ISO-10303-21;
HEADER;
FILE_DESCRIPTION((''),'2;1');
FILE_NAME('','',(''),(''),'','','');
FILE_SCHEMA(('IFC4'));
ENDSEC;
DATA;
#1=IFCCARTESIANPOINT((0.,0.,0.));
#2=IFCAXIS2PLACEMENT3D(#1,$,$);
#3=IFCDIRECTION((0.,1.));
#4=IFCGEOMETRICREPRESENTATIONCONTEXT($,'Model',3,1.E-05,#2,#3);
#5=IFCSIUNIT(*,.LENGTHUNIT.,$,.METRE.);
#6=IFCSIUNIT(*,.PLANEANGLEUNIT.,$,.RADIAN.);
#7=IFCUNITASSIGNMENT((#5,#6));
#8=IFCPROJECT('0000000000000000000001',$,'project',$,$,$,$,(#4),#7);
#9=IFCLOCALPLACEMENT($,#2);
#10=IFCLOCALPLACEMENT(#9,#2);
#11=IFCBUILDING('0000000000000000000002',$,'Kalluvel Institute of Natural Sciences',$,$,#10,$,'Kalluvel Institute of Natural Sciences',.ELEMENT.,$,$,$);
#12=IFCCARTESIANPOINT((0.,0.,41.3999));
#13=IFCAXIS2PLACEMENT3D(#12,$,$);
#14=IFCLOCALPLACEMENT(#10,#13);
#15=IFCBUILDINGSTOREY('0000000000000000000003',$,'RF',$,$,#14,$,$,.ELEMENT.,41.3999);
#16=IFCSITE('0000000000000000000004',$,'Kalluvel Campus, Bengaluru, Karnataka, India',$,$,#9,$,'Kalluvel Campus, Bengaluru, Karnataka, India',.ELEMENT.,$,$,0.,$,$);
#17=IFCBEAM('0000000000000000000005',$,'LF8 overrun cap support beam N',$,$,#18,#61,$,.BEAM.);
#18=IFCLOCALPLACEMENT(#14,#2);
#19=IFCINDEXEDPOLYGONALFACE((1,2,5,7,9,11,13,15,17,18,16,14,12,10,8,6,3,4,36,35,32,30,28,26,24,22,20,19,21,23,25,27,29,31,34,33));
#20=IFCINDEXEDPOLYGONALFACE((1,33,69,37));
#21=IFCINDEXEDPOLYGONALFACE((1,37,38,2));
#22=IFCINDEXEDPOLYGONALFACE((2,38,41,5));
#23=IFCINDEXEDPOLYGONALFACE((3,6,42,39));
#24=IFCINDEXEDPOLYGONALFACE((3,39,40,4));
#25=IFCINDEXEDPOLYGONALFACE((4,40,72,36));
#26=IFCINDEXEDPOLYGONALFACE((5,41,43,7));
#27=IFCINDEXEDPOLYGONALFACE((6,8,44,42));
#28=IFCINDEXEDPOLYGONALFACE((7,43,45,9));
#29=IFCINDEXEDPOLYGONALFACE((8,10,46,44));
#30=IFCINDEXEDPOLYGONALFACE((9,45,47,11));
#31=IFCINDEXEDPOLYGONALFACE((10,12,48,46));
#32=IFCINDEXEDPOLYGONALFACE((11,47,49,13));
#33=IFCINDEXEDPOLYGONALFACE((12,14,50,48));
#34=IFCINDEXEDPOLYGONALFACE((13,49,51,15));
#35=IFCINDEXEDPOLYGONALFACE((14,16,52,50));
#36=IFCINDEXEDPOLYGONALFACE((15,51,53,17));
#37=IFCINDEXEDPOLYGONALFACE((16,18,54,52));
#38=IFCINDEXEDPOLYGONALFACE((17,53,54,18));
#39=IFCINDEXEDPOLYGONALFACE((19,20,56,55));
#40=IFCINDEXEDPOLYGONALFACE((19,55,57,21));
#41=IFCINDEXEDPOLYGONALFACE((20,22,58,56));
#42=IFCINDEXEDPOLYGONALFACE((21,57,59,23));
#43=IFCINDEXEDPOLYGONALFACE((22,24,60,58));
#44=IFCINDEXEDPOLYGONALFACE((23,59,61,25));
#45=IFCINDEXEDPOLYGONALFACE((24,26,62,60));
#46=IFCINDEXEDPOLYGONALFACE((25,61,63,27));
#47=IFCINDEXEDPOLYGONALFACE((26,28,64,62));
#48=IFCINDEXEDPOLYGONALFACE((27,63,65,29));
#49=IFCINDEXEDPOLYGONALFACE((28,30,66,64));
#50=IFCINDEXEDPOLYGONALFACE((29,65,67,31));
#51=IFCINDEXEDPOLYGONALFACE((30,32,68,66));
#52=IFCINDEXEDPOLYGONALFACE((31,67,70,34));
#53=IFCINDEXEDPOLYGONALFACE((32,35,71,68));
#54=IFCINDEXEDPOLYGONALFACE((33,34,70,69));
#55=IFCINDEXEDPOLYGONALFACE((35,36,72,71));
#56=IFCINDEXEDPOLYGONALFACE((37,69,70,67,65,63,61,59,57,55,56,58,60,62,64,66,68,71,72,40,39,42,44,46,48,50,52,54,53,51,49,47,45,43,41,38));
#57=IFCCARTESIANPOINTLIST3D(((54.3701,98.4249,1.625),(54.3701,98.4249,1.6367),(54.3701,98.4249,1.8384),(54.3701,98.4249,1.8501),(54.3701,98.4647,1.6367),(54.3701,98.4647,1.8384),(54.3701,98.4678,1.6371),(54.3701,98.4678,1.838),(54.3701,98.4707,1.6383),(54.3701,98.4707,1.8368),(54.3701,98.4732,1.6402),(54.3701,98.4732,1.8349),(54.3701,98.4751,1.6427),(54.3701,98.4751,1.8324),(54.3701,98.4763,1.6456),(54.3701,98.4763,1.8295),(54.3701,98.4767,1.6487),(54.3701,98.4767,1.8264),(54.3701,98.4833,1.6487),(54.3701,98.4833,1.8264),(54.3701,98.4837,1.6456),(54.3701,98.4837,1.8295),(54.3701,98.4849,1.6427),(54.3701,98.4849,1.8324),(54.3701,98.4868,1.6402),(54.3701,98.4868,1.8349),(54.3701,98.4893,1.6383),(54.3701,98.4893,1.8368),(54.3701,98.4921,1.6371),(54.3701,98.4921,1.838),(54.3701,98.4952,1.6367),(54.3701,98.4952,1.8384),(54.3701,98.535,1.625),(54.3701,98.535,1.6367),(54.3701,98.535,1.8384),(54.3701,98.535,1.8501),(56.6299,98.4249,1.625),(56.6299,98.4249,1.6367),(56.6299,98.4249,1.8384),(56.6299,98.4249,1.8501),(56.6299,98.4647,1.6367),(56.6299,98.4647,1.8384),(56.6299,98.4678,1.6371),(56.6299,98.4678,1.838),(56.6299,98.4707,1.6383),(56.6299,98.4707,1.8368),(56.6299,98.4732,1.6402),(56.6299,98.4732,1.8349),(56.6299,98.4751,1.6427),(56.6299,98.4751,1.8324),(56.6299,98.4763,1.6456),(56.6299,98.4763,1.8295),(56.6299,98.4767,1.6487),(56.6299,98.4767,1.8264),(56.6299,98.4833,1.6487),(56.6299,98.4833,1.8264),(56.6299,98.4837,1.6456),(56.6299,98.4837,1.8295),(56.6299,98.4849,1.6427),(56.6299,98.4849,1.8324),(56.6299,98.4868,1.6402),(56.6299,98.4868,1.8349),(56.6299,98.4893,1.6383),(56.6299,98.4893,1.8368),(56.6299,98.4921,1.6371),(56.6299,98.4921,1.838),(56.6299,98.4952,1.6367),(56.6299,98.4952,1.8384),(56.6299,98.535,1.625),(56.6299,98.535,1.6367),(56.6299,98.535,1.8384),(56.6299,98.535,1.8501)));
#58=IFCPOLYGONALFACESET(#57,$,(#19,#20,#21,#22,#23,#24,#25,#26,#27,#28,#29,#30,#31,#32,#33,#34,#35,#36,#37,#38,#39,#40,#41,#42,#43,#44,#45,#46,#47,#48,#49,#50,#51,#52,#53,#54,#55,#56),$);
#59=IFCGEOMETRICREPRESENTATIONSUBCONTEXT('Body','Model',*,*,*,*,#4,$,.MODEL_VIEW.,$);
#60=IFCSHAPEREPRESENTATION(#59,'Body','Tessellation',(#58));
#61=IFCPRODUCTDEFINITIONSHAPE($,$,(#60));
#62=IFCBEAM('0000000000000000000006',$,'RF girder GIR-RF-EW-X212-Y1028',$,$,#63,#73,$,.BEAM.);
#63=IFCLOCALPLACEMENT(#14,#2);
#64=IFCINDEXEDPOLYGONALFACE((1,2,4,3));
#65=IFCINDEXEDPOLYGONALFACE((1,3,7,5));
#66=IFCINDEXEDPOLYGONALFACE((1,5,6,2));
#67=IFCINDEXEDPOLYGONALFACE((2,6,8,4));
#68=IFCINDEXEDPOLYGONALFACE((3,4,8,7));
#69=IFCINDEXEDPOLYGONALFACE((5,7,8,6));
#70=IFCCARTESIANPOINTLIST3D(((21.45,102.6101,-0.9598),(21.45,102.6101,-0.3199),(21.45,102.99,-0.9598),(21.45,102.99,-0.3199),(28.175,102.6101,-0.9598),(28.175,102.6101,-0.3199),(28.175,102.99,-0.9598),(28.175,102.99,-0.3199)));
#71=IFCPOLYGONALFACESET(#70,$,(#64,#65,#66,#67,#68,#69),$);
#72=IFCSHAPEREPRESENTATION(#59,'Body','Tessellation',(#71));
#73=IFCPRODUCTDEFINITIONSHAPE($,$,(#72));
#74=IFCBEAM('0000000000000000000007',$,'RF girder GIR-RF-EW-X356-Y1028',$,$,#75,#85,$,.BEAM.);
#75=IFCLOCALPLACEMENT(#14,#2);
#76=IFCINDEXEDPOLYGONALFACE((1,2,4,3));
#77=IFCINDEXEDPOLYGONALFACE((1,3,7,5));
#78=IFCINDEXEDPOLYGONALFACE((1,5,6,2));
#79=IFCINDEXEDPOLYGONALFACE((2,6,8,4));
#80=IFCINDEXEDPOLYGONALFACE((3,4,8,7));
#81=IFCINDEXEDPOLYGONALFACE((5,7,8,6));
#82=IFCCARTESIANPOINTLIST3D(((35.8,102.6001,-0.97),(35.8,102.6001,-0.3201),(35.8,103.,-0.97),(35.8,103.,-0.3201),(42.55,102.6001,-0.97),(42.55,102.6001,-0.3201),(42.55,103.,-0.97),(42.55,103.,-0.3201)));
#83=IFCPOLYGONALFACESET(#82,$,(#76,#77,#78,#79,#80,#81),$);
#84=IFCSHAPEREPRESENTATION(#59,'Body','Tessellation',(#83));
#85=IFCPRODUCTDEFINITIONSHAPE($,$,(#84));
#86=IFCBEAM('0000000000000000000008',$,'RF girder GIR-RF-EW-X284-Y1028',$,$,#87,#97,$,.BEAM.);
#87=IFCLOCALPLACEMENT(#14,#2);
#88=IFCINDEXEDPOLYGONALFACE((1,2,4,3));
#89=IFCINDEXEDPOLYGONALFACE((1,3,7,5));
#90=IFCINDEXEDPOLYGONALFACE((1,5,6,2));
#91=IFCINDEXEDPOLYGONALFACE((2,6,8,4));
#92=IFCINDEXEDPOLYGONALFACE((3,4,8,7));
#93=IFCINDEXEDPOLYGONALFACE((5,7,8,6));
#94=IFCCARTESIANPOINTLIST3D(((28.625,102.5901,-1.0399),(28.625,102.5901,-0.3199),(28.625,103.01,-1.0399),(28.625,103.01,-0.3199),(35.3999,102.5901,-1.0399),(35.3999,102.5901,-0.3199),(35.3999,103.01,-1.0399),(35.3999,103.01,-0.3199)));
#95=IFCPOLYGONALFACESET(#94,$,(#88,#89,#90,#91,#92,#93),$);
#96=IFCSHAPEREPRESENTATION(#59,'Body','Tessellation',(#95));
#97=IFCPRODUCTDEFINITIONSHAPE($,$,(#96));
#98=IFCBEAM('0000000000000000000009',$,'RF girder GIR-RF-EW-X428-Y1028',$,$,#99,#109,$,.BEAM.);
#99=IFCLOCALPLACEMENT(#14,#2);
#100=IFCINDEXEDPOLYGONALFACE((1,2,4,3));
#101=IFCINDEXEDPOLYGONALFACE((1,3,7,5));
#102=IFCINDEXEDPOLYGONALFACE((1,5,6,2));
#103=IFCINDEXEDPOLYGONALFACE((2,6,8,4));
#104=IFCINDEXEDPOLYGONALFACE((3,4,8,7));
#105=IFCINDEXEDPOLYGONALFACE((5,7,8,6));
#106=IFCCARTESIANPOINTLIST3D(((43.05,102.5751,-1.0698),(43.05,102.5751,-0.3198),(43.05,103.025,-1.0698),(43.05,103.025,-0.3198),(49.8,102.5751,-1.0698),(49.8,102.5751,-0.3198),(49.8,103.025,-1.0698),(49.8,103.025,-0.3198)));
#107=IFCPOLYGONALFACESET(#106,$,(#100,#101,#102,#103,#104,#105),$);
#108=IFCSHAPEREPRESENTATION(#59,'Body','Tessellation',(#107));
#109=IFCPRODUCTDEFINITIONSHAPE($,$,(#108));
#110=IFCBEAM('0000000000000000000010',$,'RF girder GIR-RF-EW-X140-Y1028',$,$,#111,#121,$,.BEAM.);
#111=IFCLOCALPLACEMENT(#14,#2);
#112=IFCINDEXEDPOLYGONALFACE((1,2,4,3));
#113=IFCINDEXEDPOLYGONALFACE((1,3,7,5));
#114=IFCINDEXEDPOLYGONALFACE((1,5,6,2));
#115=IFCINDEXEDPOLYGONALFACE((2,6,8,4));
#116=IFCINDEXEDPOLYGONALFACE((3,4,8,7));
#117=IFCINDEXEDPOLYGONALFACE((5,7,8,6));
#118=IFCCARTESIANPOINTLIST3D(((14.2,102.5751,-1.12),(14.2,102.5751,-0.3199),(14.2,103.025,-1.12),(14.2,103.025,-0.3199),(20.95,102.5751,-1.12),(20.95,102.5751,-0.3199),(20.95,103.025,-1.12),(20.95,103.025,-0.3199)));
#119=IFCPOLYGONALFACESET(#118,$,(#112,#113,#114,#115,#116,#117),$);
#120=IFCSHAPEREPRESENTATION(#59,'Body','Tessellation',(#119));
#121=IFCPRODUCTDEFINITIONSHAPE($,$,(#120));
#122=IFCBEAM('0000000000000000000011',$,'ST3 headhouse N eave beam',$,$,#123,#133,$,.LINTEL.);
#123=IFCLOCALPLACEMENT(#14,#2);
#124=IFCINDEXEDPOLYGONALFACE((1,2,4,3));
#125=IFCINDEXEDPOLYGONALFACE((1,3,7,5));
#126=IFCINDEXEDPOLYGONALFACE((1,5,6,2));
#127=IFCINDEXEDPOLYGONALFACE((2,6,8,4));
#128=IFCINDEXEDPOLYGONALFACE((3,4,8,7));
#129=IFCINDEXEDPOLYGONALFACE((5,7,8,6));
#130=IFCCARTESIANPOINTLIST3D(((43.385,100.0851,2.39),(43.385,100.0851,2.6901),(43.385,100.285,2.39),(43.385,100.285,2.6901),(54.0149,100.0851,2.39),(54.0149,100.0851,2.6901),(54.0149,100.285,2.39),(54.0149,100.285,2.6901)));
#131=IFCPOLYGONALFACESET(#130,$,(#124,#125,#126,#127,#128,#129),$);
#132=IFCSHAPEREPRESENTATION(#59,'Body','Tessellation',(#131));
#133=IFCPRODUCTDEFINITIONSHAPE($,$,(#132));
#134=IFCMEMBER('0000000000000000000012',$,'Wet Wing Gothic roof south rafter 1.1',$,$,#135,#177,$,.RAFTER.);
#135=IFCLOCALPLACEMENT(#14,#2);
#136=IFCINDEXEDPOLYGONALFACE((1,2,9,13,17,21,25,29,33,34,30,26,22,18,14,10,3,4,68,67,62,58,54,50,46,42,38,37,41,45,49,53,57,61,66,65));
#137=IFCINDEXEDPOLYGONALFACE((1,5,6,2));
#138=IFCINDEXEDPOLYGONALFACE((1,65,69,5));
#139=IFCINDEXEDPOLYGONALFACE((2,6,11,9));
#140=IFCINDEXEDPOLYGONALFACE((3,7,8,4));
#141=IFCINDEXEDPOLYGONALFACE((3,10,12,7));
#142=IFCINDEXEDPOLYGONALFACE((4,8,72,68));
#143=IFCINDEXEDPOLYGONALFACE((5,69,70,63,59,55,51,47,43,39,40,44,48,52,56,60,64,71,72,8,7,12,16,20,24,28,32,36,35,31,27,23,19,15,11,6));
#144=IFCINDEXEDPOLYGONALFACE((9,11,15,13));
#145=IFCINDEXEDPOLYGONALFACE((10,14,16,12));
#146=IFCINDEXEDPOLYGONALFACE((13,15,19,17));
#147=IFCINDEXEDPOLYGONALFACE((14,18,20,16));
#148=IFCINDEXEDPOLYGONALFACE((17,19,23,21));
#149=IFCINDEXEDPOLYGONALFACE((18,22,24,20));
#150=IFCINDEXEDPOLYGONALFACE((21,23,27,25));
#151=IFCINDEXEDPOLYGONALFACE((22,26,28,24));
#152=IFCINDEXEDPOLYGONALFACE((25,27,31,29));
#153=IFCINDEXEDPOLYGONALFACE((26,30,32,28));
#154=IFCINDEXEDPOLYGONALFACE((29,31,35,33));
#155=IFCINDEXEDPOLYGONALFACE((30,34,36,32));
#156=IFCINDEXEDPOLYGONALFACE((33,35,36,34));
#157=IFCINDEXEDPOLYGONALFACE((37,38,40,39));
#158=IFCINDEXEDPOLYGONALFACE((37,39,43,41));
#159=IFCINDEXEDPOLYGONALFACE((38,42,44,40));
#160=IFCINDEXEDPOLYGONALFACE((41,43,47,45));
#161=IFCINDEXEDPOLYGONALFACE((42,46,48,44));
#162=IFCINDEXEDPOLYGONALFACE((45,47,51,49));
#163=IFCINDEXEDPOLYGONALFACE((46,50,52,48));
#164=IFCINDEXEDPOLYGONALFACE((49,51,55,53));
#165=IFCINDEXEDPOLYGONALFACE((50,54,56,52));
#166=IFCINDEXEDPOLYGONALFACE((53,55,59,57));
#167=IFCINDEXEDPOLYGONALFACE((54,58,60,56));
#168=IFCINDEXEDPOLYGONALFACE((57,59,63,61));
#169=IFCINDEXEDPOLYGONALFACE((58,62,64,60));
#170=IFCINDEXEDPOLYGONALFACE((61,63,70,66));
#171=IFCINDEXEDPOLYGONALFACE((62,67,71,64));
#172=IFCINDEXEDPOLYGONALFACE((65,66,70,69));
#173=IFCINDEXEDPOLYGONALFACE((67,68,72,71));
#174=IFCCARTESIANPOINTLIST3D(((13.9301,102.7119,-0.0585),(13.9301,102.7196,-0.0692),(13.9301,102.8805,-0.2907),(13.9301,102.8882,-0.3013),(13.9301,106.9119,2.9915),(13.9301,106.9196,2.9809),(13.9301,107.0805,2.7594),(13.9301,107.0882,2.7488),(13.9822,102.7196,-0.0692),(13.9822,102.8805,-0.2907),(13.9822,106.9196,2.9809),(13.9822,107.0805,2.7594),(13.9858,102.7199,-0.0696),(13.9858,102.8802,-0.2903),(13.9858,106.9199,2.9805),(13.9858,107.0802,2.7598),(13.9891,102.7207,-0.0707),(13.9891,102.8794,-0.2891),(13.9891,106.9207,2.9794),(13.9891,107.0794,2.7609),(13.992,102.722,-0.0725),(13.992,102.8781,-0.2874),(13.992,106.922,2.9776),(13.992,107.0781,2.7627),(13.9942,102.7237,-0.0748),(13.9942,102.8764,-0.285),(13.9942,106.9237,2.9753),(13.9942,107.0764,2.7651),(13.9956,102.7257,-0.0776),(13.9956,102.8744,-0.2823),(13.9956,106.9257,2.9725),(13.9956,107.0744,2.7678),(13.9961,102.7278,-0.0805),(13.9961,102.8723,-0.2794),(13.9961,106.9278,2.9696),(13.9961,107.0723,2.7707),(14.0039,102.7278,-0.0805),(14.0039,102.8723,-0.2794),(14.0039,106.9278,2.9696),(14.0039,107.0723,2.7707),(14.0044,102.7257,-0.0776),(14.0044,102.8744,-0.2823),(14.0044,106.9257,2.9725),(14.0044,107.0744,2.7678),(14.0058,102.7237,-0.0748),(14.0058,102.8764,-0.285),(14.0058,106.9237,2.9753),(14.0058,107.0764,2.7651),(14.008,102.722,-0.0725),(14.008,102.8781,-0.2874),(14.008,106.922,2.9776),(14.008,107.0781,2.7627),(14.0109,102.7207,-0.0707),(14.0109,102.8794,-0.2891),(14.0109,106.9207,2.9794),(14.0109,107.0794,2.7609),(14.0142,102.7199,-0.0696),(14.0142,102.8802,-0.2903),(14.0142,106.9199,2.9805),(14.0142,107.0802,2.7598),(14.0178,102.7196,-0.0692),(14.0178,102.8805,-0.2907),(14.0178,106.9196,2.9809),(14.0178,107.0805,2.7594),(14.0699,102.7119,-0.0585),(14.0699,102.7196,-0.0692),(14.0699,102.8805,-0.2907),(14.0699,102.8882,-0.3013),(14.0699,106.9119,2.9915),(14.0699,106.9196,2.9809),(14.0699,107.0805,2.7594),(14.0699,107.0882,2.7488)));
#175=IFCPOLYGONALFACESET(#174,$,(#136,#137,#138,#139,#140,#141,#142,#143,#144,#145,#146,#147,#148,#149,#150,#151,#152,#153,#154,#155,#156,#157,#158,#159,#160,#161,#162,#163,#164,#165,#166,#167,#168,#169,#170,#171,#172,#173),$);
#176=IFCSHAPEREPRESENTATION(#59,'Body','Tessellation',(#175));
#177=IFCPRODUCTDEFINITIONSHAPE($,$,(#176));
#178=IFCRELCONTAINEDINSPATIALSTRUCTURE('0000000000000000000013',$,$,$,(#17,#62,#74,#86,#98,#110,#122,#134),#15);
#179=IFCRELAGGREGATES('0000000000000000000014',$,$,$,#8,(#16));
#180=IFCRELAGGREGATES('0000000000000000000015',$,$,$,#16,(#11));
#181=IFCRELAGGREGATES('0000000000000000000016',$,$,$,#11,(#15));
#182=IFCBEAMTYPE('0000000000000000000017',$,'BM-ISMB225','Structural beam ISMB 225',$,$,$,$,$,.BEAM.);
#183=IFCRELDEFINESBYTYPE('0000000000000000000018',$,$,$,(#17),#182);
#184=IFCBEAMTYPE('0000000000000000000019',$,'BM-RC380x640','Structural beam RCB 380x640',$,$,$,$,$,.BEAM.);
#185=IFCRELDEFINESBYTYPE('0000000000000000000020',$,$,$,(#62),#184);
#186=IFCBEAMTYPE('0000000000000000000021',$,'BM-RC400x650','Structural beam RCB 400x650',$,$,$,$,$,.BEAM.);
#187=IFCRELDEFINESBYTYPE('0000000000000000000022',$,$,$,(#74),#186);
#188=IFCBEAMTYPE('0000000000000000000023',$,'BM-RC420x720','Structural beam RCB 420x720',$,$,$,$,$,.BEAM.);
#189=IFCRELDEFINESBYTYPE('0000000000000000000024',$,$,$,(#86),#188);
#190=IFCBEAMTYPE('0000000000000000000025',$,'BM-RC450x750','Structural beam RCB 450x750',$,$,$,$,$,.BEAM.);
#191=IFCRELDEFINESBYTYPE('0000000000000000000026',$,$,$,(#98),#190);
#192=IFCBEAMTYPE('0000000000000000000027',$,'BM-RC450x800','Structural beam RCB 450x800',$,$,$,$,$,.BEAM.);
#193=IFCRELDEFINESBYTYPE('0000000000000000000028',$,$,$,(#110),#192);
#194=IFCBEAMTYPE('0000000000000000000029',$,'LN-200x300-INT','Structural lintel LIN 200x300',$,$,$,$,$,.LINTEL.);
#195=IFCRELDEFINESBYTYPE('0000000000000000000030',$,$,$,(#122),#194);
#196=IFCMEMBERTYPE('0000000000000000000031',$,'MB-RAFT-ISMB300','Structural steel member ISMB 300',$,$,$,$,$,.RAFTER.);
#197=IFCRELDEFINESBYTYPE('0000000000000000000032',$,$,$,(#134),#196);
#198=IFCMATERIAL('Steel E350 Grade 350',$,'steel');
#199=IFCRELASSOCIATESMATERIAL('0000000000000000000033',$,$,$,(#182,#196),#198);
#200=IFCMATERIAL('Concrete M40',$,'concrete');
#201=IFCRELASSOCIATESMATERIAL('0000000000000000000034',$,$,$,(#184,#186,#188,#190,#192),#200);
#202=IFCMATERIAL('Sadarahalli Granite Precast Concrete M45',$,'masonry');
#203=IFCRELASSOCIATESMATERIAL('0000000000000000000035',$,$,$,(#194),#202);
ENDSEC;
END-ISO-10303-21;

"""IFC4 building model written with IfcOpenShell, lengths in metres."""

from ifc_helpers import new_model, si_unit, direction, frame, origin, origin_2d, place, context, subcontext, project, spatial, rectangle, i_section, extrude, material, material_profile, profile_set, type_object, element, save


model = new_model("IFC4")

# Units and contexts
model_context = context("Model", 3, precision=1e-05, world=origin(), true_north=direction((0.0, 1.0)))
body_context = subcontext(model_context, "Body", "Model", "MODEL_VIEW")
ifc_project = project(units=[si_unit("LENGTHUNIT", "METRE"), si_unit("PLANEANGLEUNIT", "RADIAN")], contexts=[model_context])

# Site, building, storey
site_placement = place(None, origin())
site = spatial("IfcSite", under=ifc_project, at=site_placement, Name="Kalluvel Campus, Bengaluru, Karnataka, India", LongName="Kalluvel Campus, Bengaluru, Karnataka, India", CompositionType="ELEMENT", RefElevation=0.0)
building_placement = place(site_placement, origin())
building = spatial("IfcBuilding", under=site, at=building_placement, Name="Kalluvel Institute of Natural Sciences", LongName="Kalluvel Institute of Natural Sciences", CompositionType="ELEMENT")
storey_placement = place(building_placement, frame((0.0, 0.0, 41.3999)))
storey = spatial("IfcBuildingStorey", under=building, at=storey_placement, Name="RF", CompositionType="ELEMENT", Elevation=41.3999)

# Beams
ifc_material_1 = material(Name="Steel E350 Grade 350", Category="steel")
ifc_material_profile_1 = material_profile(ifc_material_1, i_section(OverallWidth=0.1101, OverallDepth=0.2251, WebThickness=0.0066, FlangeThickness=0.0117, FilletRadius=0.012, at=origin_2d()), Name="ISMB 225")
ifc_profile_set_1 = profile_set([ifc_material_profile_1], Name="Steel E350 Grade 350")
beam_type_1 = type_object("IfcBeamType", Name="BM-ISMB225", Description="Structural beam ISMB 225", PredefinedType="BEAM", material=ifc_profile_set_1)
beam_1_placement = place(storey_placement, frame((54.3701, 98.48, 1.7375), z_axis=(1.0, 0.0, 0.0), x_axis=(0.0, 1.0, 0.0)))
element("IfcBeam", 1, at=beam_1_placement, inside=storey, type_object=beam_type_1, Name="LF8 overrun cap support beam N", PredefinedType="BEAM", context=body_context, shape_type="SweptSolid", body=[
    extrude(i_section(OverallWidth=0.1101, OverallDepth=0.2251, WebThickness=0.0066, FlangeThickness=0.0117, FilletRadius=0.012, at=origin_2d()), origin(), (0.0, 0.0, 1.0), 2.2598),
])
ifc_material_2 = material(Name="Concrete M40", Category="concrete")
ifc_material_profile_2 = material_profile(ifc_material_2, rectangle(XDim=0.3799, YDim=0.6399, at=origin_2d()), Name="RCB 380x640")
ifc_profile_set_2 = profile_set([ifc_material_profile_2], Name="Concrete M40")
beam_type_2 = type_object("IfcBeamType", Name="BM-RC380x640", Description="Structural beam RCB 380x640", PredefinedType="BEAM", material=ifc_profile_set_2)
beam_2_placement = place(storey_placement, frame((21.45, 102.8, -0.6399), z_axis=(1.0, 0.0, 0.0), x_axis=(0.0, 1.0, 0.0)))
element("IfcBeam", 2, at=beam_2_placement, inside=storey, type_object=beam_type_2, Name="RF girder GIR-RF-EW-X212-Y1028", PredefinedType="BEAM", context=body_context, shape_type="SweptSolid", body=[
    extrude(rectangle(XDim=0.3799, YDim=0.6399, at=origin_2d()), origin(), (0.0, 0.0, 1.0), 6.7251),
])
ifc_material_profile_3 = material_profile(ifc_material_2, rectangle(XDim=0.3999, YDim=0.6499, at=origin_2d()), Name="RCB 400x650")
ifc_profile_set_3 = profile_set([ifc_material_profile_3], Name="Concrete M40")
beam_type_3 = type_object("IfcBeamType", Name="BM-RC400x650", Description="Structural beam RCB 400x650", PredefinedType="BEAM", material=ifc_profile_set_3)
beam_3_placement = place(storey_placement, frame((35.8, 102.8, -0.645), z_axis=(1.0, 0.0, 0.0), x_axis=(0.0, 1.0, 0.0)))
element("IfcBeam", 3, at=beam_3_placement, inside=storey, type_object=beam_type_3, Name="RF girder GIR-RF-EW-X356-Y1028", PredefinedType="BEAM", context=body_context, shape_type="SweptSolid", body=[
    extrude(rectangle(XDim=0.3999, YDim=0.6499, at=origin_2d()), origin(), (0.0, 0.0, 1.0), 6.75),
])
ifc_material_profile_4 = material_profile(ifc_material_2, rectangle(XDim=0.4199, YDim=0.72, at=origin_2d()), Name="RCB 420x720")
ifc_profile_set_4 = profile_set([ifc_material_profile_4], Name="Concrete M40")
beam_type_4 = type_object("IfcBeamType", Name="BM-RC420x720", Description="Structural beam RCB 420x720", PredefinedType="BEAM", material=ifc_profile_set_4)
beam_4_placement = place(storey_placement, frame((28.625, 102.8, -0.6799), z_axis=(1.0, 0.0, 0.0), x_axis=(0.0, 1.0, 0.0)))
element("IfcBeam", 4, at=beam_4_placement, inside=storey, type_object=beam_type_4, Name="RF girder GIR-RF-EW-X284-Y1028", PredefinedType="BEAM", context=body_context, shape_type="SweptSolid", body=[
    extrude(rectangle(XDim=0.4199, YDim=0.72, at=origin_2d()), origin(), (0.0, 0.0, 1.0), 6.7749),
])
ifc_material_profile_5 = material_profile(ifc_material_2, rectangle(XDim=0.45, YDim=0.75, at=origin_2d()), Name="RCB 450x750")
ifc_profile_set_5 = profile_set([ifc_material_profile_5], Name="Concrete M40")
beam_type_5 = type_object("IfcBeamType", Name="BM-RC450x750", Description="Structural beam RCB 450x750", PredefinedType="BEAM", material=ifc_profile_set_5)
beam_5_placement = place(storey_placement, frame((43.05, 102.8, -0.6948), z_axis=(1.0, 0.0, 0.0), x_axis=(0.0, 1.0, 0.0)))
element("IfcBeam", 5, at=beam_5_placement, inside=storey, type_object=beam_type_5, Name="RF girder GIR-RF-EW-X428-Y1028", PredefinedType="BEAM", context=body_context, shape_type="SweptSolid", body=[
    extrude(rectangle(XDim=0.45, YDim=0.75, at=origin_2d()), origin(), (0.0, 0.0, 1.0), 6.75),
])
ifc_material_profile_6 = material_profile(ifc_material_2, rectangle(XDim=0.45, YDim=0.8, at=origin_2d()), Name="RCB 450x800")
ifc_profile_set_6 = profile_set([ifc_material_profile_6], Name="Concrete M40")
beam_type_6 = type_object("IfcBeamType", Name="BM-RC450x800", Description="Structural beam RCB 450x800", PredefinedType="BEAM", material=ifc_profile_set_6)
beam_6_placement = place(storey_placement, frame((14.2, 102.8, -0.72), z_axis=(1.0, 0.0, 0.0), x_axis=(0.0, 1.0, 0.0)))
element("IfcBeam", 6, at=beam_6_placement, inside=storey, type_object=beam_type_6, Name="RF girder GIR-RF-EW-X140-Y1028", PredefinedType="BEAM", context=body_context, shape_type="SweptSolid", body=[
    extrude(rectangle(XDim=0.45, YDim=0.8, at=origin_2d()), origin(), (0.0, 0.0, 1.0), 6.75),
])
ifc_material_3 = material(Name="Sadarahalli Granite Precast Concrete M45", Category="masonry")
ifc_material_profile_7 = material_profile(ifc_material_3, rectangle(XDim=0.2, YDim=0.3, at=origin_2d()), Name="LIN 200x300")
ifc_profile_set_7 = profile_set([ifc_material_profile_7], Name="Sadarahalli Granite Precast Concrete M45")
beam_type_7 = type_object("IfcBeamType", Name="LN-200x300-INT", Description="Structural lintel LIN 200x300", PredefinedType="LINTEL", material=ifc_profile_set_7)
beam_7_placement = place(storey_placement, frame((43.385, 100.1851, 2.54), z_axis=(1.0, 0.0, 0.0), x_axis=(0.0, 1.0, 0.0)))
element("IfcBeam", 7, at=beam_7_placement, inside=storey, type_object=beam_type_7, Name="ST3 headhouse N eave beam", PredefinedType="LINTEL", context=body_context, shape_type="SweptSolid", body=[
    extrude(rectangle(XDim=0.2, YDim=0.3, at=origin_2d()), origin(), (0.0, 0.0, 1.0), 10.6299),
])

# Member
ifc_material_profile_8 = material_profile(ifc_material_1, i_section(OverallWidth=0.1399, OverallDepth=0.3, WebThickness=0.0078, FlangeThickness=0.0132, FilletRadius=0.0139, at=origin_2d()), Name="ISMB 300")
ifc_profile_set_8 = profile_set([ifc_material_profile_8], Name="Steel E350 Grade 350")
member_type = type_object("IfcMemberType", Name="MB-RAFT-ISMB300", Description="Structural steel member ISMB 300", PredefinedType="RAFTER", material=ifc_profile_set_8)
for number, where, z_axis, x_axis, name in (
    (8, (14.0, 102.8, -0.1799), (0.0, 0.809145, 0.587609), (-1.0, 0.0, 0.0), "Wet Wing Gothic roof south rafter 1.1"),
):
    element("IfcMember", number, at=place(storey_placement, frame(where, z_axis=z_axis, x_axis=x_axis)), inside=storey, type_object=member_type, Name=name, PredefinedType="RAFTER", context=body_context, shape_type="SweptSolid", body=[
        extrude(i_section(OverallWidth=0.1399, OverallDepth=0.3, WebThickness=0.0078, FlangeThickness=0.0132, FilletRadius=0.0139, at=origin_2d()), origin(), (0.0, 0.0, 1.0), 5.1907),
    ])

save(model, "model.ifc")
